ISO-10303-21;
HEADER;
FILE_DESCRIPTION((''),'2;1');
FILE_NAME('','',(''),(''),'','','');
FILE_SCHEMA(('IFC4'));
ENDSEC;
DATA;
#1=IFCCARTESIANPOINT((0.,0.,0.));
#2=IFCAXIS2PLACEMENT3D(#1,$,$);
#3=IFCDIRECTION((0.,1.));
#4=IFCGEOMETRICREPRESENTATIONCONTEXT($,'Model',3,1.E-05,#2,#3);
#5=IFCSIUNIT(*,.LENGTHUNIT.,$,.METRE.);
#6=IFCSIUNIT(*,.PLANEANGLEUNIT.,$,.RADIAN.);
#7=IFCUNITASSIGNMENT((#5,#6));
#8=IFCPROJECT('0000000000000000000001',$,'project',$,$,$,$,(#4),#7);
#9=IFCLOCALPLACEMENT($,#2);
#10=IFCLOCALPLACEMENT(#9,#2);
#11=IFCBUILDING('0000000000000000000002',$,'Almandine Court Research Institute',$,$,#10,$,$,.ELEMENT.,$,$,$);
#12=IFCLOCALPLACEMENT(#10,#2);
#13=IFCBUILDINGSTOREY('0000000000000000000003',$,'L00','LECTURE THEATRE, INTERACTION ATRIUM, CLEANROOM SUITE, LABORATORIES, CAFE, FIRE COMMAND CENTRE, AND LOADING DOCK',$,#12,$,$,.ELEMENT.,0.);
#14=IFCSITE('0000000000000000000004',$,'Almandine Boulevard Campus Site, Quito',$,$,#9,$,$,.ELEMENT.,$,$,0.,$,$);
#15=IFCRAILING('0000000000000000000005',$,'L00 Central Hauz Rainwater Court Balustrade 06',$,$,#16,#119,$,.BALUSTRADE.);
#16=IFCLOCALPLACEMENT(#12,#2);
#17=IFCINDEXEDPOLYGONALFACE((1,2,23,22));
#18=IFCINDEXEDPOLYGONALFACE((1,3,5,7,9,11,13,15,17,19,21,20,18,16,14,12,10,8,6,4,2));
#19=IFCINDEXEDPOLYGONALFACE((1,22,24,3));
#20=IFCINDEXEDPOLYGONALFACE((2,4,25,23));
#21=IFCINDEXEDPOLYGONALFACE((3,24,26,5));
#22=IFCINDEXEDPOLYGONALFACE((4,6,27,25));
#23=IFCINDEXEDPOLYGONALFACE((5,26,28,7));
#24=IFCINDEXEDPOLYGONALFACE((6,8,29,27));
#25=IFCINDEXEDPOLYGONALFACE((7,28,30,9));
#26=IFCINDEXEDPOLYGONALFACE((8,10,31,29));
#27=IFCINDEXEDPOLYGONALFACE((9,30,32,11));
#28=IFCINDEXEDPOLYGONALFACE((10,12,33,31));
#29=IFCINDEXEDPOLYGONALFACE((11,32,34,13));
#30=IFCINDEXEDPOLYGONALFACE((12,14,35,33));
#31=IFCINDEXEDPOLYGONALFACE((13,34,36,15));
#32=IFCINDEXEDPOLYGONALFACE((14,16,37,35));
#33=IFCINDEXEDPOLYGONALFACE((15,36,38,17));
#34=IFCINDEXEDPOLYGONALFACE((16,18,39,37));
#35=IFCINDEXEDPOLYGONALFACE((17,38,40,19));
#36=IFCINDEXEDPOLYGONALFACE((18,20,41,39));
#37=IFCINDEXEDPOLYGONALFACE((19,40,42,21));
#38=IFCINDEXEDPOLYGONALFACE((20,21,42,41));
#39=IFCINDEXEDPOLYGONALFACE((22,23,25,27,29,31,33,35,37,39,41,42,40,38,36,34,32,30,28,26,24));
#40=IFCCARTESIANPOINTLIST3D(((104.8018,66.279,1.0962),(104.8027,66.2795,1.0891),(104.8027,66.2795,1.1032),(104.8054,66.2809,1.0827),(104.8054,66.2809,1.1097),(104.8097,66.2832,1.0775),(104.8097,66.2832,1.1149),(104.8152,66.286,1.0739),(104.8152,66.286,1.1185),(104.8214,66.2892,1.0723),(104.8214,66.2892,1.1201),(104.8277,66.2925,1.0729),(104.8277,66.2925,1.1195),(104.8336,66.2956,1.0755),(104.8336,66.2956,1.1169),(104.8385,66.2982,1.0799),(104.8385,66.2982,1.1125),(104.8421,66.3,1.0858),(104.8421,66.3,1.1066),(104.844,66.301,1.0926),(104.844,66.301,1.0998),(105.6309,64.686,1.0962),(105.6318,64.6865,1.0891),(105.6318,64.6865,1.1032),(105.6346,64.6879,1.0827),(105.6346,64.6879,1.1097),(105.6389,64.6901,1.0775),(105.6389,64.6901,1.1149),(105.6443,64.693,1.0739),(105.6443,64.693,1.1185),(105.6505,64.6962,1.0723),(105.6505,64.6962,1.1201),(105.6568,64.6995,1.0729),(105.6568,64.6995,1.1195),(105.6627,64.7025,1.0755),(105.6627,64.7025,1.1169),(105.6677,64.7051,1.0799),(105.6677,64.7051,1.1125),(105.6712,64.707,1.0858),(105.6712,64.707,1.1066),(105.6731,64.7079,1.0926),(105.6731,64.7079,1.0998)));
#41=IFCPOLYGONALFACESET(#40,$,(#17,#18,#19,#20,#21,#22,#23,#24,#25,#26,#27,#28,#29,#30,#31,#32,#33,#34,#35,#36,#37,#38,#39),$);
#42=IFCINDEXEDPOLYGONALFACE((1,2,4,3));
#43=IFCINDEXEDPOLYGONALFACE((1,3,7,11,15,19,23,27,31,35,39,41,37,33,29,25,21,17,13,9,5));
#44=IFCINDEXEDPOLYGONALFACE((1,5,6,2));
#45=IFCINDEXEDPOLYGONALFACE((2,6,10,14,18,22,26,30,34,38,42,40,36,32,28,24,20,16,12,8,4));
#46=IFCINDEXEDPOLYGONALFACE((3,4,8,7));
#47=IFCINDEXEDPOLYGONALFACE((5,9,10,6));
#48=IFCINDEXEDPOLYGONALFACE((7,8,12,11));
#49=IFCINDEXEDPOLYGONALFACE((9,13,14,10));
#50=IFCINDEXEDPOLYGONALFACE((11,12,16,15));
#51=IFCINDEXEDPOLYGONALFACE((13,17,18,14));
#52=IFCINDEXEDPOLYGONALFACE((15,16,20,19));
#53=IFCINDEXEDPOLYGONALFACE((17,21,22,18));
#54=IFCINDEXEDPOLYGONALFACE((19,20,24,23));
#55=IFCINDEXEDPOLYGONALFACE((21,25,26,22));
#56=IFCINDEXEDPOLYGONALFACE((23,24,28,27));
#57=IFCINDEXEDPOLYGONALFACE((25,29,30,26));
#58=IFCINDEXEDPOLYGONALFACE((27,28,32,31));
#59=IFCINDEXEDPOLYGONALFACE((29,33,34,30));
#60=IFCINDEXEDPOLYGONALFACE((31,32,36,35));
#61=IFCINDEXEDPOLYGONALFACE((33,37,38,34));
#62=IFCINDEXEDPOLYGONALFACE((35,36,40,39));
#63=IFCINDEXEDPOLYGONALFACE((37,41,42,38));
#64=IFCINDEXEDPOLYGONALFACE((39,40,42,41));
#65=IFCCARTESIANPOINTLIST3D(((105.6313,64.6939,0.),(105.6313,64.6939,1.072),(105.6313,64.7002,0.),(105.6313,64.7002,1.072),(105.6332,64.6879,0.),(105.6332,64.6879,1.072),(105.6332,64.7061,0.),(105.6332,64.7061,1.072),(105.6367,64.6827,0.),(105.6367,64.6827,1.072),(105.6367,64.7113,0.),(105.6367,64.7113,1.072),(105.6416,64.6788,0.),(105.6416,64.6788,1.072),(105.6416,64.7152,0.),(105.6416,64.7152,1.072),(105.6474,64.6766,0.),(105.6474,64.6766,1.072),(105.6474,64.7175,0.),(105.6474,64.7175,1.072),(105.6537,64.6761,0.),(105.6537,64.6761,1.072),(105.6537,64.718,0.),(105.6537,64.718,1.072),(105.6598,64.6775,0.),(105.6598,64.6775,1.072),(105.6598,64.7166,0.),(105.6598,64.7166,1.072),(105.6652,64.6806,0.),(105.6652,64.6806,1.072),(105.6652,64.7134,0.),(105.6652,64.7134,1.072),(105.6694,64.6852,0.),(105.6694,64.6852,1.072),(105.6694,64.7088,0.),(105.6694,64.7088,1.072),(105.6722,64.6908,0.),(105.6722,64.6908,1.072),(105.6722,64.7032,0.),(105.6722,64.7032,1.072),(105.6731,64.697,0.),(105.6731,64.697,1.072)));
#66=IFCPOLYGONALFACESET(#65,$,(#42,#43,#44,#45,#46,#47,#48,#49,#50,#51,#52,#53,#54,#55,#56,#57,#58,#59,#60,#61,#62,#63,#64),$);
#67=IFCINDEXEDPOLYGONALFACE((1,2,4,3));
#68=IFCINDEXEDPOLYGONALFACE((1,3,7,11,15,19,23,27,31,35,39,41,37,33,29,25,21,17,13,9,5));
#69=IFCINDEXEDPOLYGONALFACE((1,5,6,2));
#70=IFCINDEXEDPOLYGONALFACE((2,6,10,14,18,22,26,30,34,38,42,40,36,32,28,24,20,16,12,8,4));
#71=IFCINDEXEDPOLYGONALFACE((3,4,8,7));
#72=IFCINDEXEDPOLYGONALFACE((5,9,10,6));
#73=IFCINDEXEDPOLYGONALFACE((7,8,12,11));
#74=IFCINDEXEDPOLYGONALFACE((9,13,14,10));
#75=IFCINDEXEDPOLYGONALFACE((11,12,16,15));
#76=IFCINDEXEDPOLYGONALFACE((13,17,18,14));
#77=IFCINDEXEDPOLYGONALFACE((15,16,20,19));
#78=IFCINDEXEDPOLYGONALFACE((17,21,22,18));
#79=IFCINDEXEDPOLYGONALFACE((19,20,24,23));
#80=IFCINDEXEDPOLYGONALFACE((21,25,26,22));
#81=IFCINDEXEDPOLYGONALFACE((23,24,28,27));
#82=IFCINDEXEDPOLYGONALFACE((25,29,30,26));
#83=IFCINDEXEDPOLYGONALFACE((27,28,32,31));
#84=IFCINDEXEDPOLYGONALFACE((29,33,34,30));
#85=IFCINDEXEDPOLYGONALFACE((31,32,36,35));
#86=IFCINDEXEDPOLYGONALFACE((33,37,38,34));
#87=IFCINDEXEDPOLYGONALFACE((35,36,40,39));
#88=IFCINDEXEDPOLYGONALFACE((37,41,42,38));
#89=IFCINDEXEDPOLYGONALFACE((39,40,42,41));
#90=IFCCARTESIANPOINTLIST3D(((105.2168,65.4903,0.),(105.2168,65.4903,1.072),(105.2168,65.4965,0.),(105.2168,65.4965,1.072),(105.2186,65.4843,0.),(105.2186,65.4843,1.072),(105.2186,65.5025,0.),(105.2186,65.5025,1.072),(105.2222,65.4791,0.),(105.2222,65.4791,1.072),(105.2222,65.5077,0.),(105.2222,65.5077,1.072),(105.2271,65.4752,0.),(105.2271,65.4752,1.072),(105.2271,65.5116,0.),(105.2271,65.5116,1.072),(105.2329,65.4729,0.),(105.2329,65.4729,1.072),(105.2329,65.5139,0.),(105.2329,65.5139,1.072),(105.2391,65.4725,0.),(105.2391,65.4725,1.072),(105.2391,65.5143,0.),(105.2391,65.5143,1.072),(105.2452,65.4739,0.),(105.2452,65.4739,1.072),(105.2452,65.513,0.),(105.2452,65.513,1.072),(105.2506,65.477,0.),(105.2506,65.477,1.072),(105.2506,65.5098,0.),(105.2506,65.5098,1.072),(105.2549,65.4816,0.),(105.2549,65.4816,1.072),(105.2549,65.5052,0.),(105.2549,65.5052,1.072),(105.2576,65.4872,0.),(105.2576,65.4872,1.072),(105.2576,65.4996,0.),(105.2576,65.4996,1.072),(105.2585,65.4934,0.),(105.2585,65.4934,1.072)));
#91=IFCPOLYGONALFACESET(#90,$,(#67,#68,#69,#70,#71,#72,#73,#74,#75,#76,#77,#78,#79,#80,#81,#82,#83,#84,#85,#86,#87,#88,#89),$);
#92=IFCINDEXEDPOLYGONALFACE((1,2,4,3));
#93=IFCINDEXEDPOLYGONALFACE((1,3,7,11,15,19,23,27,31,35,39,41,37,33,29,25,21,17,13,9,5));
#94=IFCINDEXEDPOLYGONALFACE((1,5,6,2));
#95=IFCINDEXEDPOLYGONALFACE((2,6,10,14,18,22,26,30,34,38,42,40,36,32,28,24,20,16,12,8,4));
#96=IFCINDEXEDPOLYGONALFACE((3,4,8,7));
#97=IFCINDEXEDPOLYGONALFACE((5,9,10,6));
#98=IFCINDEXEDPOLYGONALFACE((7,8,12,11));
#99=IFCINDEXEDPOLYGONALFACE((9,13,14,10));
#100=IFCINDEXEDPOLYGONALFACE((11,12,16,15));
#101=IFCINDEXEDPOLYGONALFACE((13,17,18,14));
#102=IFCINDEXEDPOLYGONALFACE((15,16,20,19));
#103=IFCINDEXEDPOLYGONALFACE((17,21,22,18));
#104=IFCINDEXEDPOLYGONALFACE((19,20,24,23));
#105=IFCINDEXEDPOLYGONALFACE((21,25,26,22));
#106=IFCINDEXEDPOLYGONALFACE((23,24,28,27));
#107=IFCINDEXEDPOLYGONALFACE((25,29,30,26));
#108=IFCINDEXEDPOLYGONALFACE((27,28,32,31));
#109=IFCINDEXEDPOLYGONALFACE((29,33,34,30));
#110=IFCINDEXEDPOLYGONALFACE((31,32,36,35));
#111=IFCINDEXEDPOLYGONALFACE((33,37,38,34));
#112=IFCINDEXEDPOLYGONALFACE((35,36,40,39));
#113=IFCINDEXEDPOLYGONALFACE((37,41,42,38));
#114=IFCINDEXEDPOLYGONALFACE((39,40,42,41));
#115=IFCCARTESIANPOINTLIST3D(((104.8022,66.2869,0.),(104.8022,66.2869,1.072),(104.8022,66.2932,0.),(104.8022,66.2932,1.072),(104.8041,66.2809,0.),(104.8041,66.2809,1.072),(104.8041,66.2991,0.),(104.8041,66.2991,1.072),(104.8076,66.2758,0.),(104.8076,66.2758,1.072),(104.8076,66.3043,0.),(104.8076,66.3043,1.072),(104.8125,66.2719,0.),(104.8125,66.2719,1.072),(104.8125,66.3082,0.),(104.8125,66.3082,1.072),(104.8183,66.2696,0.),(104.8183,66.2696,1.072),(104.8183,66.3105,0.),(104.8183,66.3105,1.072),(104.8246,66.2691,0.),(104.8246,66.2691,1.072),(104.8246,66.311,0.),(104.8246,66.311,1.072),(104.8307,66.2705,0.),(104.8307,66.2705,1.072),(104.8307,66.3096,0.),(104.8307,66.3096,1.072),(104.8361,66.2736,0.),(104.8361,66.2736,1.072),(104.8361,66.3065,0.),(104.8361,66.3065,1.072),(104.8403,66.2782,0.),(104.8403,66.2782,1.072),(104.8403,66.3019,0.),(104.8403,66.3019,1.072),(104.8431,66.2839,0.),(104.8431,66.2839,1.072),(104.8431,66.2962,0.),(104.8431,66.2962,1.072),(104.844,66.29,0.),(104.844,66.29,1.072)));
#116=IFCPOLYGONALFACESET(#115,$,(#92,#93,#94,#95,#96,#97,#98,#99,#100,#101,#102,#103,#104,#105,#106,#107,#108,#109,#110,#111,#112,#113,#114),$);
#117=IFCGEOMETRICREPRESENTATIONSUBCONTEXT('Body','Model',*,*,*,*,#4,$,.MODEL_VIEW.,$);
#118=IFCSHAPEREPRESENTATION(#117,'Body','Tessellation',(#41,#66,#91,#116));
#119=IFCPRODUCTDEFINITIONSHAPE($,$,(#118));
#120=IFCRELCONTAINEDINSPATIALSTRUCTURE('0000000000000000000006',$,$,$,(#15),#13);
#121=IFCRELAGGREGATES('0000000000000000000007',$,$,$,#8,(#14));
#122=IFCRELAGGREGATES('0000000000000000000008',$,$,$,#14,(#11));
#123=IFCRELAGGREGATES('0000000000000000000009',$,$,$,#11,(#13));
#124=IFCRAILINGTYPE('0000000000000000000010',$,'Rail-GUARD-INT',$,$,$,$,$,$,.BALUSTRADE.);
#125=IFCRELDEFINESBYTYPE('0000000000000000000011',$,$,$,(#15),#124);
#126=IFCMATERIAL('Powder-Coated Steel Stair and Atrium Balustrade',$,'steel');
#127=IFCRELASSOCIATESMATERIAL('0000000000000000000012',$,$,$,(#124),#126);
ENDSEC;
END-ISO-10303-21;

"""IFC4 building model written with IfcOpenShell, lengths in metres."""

from ifc_helpers import new_model, si_unit, direction, frame, origin, origin_2d, place, context, subcontext, project, spatial, circle, extrude, material, type_object, element, save


model = new_model("IFC4")

# Units and contexts
model_context = context("Model", 3, precision=1e-05, world=origin(), true_north=direction((0.0, 1.0)))
body_context = subcontext(model_context, "Body", "Model", "MODEL_VIEW")
ifc_project = project(units=[si_unit("LENGTHUNIT", "METRE"), si_unit("PLANEANGLEUNIT", "RADIAN")], contexts=[model_context])

# Site, building, storey
site_placement = place(None, origin())
site = spatial("IfcSite", under=ifc_project, at=site_placement, Name="Almandine Boulevard Campus Site, Quito", CompositionType="ELEMENT", RefElevation=0.0)
building_placement = place(site_placement, origin())
building = spatial("IfcBuilding", under=site, at=building_placement, Name="Almandine Court Research Institute", CompositionType="ELEMENT")
storey_placement = place(building_placement, origin())
storey = spatial("IfcBuildingStorey", under=building, at=storey_placement, Name="L00", Description="LECTURE THEATRE, INTERACTION ATRIUM, CLEANROOM SUITE, LABORATORIES, CAFE, FIRE COMMAND CENTRE, AND LOADING DOCK", CompositionType="ELEMENT", Elevation=0.0)

# Railing
ifc_material_1 = material(Name="Powder-Coated Steel Stair and Atrium Balustrade", Category="steel")
railing_type = type_object("IfcRailingType", Name="Rail-GUARD-INT", PredefinedType="BALUSTRADE", material=ifc_material_1)
railing_1_placement = place(storey_placement, frame((105.6521, 64.697, 0.0)))
element("IfcRailing", 1, at=railing_1_placement, inside=storey, type_object=railing_type, Name="L00 Central Hauz Rainwater Court Balustrade 06", PredefinedType="BALUSTRADE", context=body_context, shape_type="SweptSolid", body=[
    extrude(circle(Radius=0.0239, at=origin_2d()), frame((0.0, 0.0, 1.0962), z_axis=(-0.461674, 0.88705, 0.0), x_axis=(-0.88705, -0.461674, 0.0)), (0.0, 0.0, 1.0), 1.7959),
    extrude(circle(Radius=0.021, at=origin_2d()), origin(), (0.0, 0.0, 1.0), 1.072),
    extrude(circle(Radius=0.021, at=origin_2d()), frame((-0.4146, 0.7964, 0.0)), (0.0, 0.0, 1.0), 1.072),
    extrude(circle(Radius=0.021, at=origin_2d()), frame((-0.8291, 1.593, 0.0)), (0.0, 0.0, 1.0), 1.072),
])

save(model, "model.ifc")
